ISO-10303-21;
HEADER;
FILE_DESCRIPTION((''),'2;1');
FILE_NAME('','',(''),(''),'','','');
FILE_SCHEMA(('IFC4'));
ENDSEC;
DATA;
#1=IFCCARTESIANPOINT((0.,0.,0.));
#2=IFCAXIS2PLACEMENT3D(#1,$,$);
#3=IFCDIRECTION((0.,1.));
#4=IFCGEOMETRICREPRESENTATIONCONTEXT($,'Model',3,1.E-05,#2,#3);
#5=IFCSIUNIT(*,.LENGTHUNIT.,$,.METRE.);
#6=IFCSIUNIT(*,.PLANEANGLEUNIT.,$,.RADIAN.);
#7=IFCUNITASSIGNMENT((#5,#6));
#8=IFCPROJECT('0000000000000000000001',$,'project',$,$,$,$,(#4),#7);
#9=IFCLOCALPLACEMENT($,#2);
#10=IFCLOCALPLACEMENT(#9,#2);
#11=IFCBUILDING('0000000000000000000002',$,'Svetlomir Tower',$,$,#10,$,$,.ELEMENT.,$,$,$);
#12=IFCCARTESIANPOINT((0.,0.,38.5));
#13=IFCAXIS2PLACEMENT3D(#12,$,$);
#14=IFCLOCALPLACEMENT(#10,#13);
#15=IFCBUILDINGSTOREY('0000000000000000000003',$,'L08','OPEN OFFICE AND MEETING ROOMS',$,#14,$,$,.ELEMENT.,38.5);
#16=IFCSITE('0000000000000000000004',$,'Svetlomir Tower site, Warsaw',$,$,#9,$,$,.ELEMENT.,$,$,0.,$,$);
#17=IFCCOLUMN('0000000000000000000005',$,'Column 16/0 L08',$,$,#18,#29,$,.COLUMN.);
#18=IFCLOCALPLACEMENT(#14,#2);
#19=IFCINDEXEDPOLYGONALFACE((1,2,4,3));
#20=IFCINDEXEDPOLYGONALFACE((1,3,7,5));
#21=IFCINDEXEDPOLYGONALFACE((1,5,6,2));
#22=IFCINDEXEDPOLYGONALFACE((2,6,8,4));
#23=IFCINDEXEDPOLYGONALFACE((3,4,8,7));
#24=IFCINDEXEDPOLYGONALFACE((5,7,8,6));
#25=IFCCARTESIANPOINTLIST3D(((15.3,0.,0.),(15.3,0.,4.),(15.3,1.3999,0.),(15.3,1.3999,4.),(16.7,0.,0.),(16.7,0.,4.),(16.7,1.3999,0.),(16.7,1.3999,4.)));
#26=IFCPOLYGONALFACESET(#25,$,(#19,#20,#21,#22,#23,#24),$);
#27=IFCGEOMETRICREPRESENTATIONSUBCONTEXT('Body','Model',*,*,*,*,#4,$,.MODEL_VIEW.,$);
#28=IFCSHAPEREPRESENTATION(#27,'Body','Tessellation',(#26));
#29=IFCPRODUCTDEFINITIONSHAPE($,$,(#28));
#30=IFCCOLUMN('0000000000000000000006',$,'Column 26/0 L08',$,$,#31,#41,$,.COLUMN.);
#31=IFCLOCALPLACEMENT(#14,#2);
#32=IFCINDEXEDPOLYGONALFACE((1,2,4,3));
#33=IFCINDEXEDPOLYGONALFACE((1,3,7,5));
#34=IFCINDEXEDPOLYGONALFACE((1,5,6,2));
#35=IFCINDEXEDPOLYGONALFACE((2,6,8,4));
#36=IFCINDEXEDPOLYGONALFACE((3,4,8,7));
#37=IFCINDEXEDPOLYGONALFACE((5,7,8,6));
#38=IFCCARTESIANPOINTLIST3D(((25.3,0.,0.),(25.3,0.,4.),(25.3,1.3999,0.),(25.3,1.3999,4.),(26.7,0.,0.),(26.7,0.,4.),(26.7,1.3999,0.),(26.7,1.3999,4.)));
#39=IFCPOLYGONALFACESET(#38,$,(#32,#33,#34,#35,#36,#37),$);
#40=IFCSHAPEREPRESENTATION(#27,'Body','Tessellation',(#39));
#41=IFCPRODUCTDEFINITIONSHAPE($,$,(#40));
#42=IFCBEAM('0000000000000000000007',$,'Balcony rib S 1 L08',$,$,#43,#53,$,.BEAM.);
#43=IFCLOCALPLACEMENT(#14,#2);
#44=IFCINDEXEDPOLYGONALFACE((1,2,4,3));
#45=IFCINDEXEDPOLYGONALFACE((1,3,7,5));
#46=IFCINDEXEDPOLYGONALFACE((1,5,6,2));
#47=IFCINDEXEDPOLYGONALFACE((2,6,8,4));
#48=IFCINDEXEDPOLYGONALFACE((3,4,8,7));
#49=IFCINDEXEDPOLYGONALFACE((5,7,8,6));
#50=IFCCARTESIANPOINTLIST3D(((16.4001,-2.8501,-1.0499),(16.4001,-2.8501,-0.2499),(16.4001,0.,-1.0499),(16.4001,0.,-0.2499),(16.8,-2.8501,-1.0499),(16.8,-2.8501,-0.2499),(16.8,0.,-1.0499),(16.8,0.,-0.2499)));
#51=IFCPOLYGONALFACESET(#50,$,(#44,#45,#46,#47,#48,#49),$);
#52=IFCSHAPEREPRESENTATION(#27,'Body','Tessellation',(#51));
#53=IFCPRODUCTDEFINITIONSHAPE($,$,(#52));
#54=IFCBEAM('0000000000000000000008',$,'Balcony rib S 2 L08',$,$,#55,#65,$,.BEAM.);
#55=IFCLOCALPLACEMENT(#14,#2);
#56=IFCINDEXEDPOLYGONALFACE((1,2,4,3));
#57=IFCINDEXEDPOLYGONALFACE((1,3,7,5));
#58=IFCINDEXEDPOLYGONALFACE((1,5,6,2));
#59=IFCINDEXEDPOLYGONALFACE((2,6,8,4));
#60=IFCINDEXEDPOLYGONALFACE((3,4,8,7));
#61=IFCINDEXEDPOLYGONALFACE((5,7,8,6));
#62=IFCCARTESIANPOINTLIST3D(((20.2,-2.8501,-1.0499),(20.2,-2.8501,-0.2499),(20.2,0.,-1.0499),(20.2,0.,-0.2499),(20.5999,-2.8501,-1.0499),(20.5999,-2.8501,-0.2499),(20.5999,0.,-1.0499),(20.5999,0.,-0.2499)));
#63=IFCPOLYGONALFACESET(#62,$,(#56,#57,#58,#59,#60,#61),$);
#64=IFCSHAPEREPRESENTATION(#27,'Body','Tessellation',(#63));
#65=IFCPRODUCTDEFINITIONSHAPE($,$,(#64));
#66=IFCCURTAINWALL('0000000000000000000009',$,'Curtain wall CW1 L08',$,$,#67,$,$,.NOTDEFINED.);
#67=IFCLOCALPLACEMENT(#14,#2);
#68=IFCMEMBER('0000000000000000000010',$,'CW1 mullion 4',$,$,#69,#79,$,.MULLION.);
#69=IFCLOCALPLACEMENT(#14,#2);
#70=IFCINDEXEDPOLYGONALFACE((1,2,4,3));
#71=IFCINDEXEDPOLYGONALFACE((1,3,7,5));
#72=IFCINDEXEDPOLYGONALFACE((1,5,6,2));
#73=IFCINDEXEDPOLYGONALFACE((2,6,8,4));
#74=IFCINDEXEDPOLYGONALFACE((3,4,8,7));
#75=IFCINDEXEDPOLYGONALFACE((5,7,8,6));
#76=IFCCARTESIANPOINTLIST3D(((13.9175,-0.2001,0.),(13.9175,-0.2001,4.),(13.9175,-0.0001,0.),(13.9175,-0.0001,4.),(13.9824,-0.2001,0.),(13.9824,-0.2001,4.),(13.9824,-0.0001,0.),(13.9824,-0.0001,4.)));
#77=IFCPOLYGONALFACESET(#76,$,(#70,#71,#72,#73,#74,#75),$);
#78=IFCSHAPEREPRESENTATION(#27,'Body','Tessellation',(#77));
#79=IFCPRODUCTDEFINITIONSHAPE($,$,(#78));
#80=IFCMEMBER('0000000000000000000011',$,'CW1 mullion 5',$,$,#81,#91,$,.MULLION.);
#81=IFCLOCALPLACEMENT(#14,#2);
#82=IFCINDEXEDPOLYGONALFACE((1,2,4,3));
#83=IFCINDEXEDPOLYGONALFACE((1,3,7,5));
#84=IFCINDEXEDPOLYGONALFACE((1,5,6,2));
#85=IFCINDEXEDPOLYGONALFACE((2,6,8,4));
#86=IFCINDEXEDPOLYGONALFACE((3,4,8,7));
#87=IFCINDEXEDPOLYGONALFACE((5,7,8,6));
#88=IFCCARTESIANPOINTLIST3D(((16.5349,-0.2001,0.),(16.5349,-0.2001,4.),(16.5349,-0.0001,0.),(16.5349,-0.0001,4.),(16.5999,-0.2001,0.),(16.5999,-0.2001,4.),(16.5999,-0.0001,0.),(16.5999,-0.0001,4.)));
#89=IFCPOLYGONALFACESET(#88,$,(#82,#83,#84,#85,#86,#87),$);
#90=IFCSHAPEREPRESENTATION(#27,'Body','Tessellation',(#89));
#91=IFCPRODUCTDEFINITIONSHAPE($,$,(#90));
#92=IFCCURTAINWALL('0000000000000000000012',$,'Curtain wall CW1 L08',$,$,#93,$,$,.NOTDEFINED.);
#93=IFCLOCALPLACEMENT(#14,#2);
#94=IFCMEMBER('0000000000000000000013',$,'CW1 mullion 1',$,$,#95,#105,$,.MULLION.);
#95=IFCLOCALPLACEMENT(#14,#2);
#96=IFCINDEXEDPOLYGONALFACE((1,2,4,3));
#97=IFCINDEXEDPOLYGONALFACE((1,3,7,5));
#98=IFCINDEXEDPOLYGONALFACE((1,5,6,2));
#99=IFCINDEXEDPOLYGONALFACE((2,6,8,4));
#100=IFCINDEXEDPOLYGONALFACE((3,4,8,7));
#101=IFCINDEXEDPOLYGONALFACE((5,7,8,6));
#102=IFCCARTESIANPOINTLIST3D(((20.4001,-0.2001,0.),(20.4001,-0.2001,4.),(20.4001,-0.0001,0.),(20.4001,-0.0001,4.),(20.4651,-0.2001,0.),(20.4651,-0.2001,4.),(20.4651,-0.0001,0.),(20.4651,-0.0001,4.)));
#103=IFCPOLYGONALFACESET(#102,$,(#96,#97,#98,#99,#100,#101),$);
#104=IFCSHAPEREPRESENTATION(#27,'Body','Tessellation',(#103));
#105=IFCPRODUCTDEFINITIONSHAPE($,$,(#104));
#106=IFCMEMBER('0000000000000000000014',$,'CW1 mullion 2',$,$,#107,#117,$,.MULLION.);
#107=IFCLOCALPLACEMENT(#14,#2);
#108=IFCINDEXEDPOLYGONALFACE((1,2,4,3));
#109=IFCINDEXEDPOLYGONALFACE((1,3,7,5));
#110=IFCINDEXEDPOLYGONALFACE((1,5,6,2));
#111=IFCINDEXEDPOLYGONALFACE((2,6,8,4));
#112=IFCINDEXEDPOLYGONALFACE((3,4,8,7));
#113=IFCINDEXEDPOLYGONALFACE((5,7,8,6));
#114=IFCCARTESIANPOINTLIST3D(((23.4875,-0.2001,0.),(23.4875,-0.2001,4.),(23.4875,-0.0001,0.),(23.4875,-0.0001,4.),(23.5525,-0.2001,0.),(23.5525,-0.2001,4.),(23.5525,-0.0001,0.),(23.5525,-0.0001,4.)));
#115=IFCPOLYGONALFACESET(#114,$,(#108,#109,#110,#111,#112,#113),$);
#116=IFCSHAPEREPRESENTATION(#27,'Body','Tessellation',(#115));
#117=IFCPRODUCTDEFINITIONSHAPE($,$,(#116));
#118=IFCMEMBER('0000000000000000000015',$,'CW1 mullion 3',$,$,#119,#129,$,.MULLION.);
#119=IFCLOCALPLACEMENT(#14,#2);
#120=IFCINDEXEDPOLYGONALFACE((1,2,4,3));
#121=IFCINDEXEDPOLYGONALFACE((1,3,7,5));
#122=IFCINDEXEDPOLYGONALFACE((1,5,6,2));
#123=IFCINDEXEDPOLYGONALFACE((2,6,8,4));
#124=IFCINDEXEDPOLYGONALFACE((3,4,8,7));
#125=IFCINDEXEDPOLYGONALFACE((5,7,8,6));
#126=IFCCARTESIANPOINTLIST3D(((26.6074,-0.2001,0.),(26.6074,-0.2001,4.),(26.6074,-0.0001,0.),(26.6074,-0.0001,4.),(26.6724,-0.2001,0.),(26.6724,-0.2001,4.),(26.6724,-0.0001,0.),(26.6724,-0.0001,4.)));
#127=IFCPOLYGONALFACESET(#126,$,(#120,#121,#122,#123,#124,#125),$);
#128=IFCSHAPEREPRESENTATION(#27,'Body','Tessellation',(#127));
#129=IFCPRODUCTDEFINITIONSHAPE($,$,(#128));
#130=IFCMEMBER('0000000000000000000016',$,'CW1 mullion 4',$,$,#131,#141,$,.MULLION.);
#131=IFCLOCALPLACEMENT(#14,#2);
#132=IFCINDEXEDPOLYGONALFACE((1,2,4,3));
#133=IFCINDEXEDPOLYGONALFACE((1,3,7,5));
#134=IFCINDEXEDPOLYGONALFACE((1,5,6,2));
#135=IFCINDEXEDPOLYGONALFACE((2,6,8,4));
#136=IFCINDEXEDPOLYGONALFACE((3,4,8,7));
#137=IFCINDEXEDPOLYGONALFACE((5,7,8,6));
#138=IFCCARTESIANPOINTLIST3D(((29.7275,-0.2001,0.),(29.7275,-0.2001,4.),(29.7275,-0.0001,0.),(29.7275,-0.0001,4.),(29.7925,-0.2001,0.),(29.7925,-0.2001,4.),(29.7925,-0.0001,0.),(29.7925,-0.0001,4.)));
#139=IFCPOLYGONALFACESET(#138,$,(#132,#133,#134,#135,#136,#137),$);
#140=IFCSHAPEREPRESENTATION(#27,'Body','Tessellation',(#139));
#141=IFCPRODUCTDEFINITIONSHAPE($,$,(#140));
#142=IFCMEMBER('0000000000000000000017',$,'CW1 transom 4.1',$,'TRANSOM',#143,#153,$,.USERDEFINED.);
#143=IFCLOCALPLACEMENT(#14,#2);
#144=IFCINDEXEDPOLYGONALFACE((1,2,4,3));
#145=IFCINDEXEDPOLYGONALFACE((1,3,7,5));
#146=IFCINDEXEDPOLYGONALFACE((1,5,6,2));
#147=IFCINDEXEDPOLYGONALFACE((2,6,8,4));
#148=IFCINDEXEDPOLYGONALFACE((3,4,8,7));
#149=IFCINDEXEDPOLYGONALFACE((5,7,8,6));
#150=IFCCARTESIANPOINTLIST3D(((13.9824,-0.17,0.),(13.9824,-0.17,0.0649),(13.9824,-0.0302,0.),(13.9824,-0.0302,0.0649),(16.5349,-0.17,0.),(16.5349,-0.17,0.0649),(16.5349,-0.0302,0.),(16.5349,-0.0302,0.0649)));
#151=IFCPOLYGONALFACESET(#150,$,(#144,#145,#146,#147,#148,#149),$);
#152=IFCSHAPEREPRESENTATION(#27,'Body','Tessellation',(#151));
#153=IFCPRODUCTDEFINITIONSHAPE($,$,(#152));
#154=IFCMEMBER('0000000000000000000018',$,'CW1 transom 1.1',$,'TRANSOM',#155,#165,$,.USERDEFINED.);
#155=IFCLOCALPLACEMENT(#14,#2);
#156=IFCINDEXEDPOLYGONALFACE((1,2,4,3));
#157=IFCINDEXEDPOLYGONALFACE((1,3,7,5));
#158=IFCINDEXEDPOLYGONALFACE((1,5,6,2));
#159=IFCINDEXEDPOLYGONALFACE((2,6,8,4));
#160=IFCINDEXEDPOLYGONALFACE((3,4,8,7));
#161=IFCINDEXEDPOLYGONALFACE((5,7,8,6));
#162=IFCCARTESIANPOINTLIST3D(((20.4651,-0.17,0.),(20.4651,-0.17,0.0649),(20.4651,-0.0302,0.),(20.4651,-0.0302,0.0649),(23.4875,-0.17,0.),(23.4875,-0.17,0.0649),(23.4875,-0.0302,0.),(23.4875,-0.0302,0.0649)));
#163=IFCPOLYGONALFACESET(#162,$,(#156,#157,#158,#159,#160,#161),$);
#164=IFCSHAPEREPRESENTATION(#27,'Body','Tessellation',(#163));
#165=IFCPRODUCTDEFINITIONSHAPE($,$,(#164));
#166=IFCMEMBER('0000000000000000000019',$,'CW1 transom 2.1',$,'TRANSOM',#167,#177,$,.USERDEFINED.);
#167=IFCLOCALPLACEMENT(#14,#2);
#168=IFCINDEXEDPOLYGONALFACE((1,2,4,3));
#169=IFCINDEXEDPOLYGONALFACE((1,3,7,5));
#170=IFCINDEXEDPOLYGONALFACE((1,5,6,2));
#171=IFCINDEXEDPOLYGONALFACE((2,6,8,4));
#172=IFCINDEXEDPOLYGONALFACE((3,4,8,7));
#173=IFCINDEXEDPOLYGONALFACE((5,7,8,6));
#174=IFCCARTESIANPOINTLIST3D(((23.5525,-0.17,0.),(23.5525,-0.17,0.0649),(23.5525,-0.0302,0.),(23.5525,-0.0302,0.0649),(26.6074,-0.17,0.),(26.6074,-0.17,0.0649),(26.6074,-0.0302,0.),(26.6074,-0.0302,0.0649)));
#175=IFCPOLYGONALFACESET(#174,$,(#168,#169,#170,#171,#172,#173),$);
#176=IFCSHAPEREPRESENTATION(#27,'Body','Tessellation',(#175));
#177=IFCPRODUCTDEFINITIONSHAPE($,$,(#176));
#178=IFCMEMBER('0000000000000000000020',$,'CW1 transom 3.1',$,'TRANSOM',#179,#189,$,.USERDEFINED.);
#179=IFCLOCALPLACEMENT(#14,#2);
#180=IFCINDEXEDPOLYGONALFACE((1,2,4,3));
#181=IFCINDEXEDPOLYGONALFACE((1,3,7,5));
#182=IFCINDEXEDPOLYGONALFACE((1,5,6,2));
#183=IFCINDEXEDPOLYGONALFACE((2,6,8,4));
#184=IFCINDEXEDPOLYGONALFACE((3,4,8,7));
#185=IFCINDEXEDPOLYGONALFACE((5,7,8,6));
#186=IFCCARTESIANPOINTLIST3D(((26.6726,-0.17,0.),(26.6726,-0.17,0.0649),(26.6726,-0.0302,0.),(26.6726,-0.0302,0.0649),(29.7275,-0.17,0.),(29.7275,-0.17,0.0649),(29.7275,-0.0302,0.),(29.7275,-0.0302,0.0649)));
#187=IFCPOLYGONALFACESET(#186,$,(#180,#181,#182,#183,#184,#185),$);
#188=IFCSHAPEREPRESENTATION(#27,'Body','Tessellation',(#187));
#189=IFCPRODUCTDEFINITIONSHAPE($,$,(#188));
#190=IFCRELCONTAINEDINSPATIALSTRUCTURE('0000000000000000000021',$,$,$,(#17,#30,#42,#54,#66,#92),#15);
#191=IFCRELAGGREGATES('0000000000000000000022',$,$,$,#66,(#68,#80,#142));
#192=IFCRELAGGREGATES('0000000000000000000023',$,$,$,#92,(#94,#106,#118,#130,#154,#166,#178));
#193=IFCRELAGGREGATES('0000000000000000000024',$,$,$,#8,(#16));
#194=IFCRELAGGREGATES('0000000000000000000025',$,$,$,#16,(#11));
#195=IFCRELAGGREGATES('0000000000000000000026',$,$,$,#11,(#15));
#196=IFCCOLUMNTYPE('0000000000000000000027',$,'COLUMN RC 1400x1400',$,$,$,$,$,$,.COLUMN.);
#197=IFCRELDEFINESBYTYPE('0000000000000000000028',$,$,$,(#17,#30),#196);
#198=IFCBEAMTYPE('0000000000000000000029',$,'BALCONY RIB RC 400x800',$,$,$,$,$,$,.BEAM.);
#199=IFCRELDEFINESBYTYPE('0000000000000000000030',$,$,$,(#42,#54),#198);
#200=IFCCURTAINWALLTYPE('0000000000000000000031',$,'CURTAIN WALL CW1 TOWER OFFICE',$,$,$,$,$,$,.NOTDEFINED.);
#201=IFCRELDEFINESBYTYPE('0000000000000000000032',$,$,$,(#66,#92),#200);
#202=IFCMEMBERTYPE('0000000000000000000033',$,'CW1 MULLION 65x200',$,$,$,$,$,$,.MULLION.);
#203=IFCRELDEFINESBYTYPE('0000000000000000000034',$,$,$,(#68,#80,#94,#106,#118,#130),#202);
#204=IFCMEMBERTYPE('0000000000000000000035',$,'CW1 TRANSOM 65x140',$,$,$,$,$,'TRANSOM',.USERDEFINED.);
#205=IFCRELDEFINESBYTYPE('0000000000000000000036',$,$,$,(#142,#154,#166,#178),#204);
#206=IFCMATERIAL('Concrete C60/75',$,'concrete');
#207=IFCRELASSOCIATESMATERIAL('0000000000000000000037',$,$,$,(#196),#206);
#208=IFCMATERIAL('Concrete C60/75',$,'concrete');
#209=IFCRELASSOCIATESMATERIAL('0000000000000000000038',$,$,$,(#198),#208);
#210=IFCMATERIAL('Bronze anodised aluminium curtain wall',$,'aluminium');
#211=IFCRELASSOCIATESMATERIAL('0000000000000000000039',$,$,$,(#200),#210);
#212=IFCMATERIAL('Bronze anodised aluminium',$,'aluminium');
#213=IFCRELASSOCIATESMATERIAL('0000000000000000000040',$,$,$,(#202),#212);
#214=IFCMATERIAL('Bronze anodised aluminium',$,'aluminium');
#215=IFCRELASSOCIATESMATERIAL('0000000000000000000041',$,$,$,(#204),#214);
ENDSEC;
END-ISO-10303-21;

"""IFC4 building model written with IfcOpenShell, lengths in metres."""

from ifc_helpers import new_model, si_unit, direction, frame, origin, origin_2d, place, context, subcontext, project, spatial, rectangle, extrude, material, material_profile, profile_set, type_object, element, aggregate, save


model = new_model("IFC4")

# Units and contexts
model_context = context("Model", 3, precision=1e-05, world=origin(), true_north=direction((0.0, 1.0)))
body_context = subcontext(model_context, "Body", "Model", "MODEL_VIEW")
ifc_project = project(units=[si_unit("LENGTHUNIT", "METRE"), si_unit("PLANEANGLEUNIT", "RADIAN")], contexts=[model_context])

# Site, building, storey
site_placement = place(None, origin())
site = spatial("IfcSite", under=ifc_project, at=site_placement, Name="Svetlomir Tower site, Warsaw", CompositionType="ELEMENT", RefElevation=0.0)
building_placement = place(site_placement, origin())
building = spatial("IfcBuilding", under=site, at=building_placement, Name="Svetlomir Tower", CompositionType="ELEMENT")
storey_placement = place(building_placement, frame((0.0, 0.0, 38.5)))
storey = spatial("IfcBuildingStorey", under=building, at=storey_placement, Name="L08", Description="OPEN OFFICE AND MEETING ROOMS", CompositionType="ELEMENT", Elevation=38.5)

# Columns
ifc_material_1 = material(Name="Concrete C60/75", Category="concrete")
ifc_material_profile_1 = material_profile(ifc_material_1, rectangle(XDim=1.3999, YDim=1.3999, at=origin_2d()), Name="RC 1400x1400")
ifc_profile_set_1 = profile_set([ifc_material_profile_1], Name="Concrete C60/75")
column_type = type_object("IfcColumnType", Name="COLUMN RC 1400x1400", PredefinedType="COLUMN", material=ifc_profile_set_1)
for number, where, z_axis, x_axis, name in (
    (1, (16.0, 0.7, 0.0), (0.0, 0.0, 1.0), (1.0, 0.0, 0.0), "Column 16/0 L08"),
    (2, (26.0, 0.7, 0.0), (0.0, 0.0, 1.0), (1.0, 0.0, 0.0), "Column 26/0 L08"),
):
    element("IfcColumn", number, at=place(storey_placement, frame(where, z_axis=z_axis, x_axis=x_axis)), inside=storey, type_object=column_type, Name=name, PredefinedType="COLUMN", context=body_context, shape_type="SweptSolid", body=[
        extrude(rectangle(XDim=1.3999, YDim=1.3999, at=origin_2d()), origin(), (0.0, 0.0, 1.0), 4.0),
    ])

# Beams
ifc_material_2 = material(Name="Concrete C60/75", Category="concrete")
ifc_material_profile_2 = material_profile(ifc_material_2, rectangle(XDim=0.3999, YDim=0.8, at=origin_2d()), Name="RC 400x800")
ifc_profile_set_2 = profile_set([ifc_material_profile_2], Name="Concrete C60/75")
beam_type_1 = type_object("IfcBeamType", Name="BALCONY RIB RC 400x800", PredefinedType="BEAM", material=ifc_profile_set_2)
for number, where, z_axis, x_axis, name in (
    (3, (16.6001, 0.0, -0.6499), (0.0, -1.0, 0.0), (1.0, 0.0, 0.0), "Balcony rib S 1 L08"),
    (4, (20.3999, 0.0, -0.6499), (0.0, -1.0, 0.0), (1.0, 0.0, 0.0), "Balcony rib S 2 L08"),
):
    element("IfcBeam", number, at=place(storey_placement, frame(where, z_axis=z_axis, x_axis=x_axis)), inside=storey, type_object=beam_type_1, Name=name, PredefinedType="BEAM", context=body_context, shape_type="SweptSolid", body=[
        extrude(rectangle(XDim=0.3999, YDim=0.8, at=origin_2d()), origin(), (0.0, 0.0, 1.0), 2.8501),
    ])

# Curtain walls, members
ifc_material_3 = material(Name="Bronze anodised aluminium curtain wall", Category="aluminium")
curtain_wall_type = type_object("IfcCurtainWallType", Name="CURTAIN WALL CW1 TOWER OFFICE", PredefinedType="NOTDEFINED", material=ifc_material_3)
curtain_wall_1_placement = place(storey_placement, origin())
curtain_wall_1 = element("IfcCurtainWall", 5, at=curtain_wall_1_placement, inside=storey, type_object=curtain_wall_type, Name="Curtain wall CW1 L08", PredefinedType="NOTDEFINED")
ifc_material_4 = material(Name="Bronze anodised aluminium", Category="aluminium")
ifc_material_profile_3 = material_profile(ifc_material_4, rectangle(XDim=0.0649, YDim=0.2, at=origin_2d()), Name="AL 65x200")
ifc_profile_set_3 = profile_set([ifc_material_profile_3], Name="Bronze anodised aluminium 6063-T6")
member_type_1 = type_object("IfcMemberType", Name="CW1 MULLION 65x200", PredefinedType="MULLION", material=ifc_profile_set_3)
member_1_placement = place(storey_placement, frame((13.95, -0.1001, 0.0), z_axis=(0.0, 0.0, 1.0), x_axis=(1.0, 0.0, 0.0)))
member_1 = element("IfcMember", 6, at=member_1_placement, type_object=member_type_1, Name="CW1 mullion 4", PredefinedType="MULLION", context=body_context, shape_type="SweptSolid", body=[
    extrude(rectangle(XDim=0.0649, YDim=0.2, at=origin_2d()), origin(), (0.0, 0.0, 1.0), 4.0),
])
member_2_placement = place(storey_placement, frame((16.5674, -0.1001, 0.0), z_axis=(0.0, 0.0, 1.0), x_axis=(1.0, 0.0, 0.0)))
member_2 = element("IfcMember", 7, at=member_2_placement, type_object=member_type_1, Name="CW1 mullion 5", PredefinedType="MULLION", context=body_context, shape_type="SweptSolid", body=[
    extrude(rectangle(XDim=0.0649, YDim=0.2, at=origin_2d()), origin(), (0.0, 0.0, 1.0), 4.0),
])
curtain_wall_2_placement = place(storey_placement, origin())
curtain_wall_2 = element("IfcCurtainWall", 8, at=curtain_wall_2_placement, inside=storey, type_object=curtain_wall_type, Name="Curtain wall CW1 L08", PredefinedType="NOTDEFINED")
member_3_placement = place(storey_placement, frame((20.4326, -0.1001, 0.0), z_axis=(0.0, 0.0, 1.0), x_axis=(1.0, 0.0, 0.0)))
member_3 = element("IfcMember", 9, at=member_3_placement, type_object=member_type_1, Name="CW1 mullion 1", PredefinedType="MULLION", context=body_context, shape_type="SweptSolid", body=[
    extrude(rectangle(XDim=0.0649, YDim=0.2, at=origin_2d()), origin(), (0.0, 0.0, 1.0), 4.0),
])
member_4_placement = place(storey_placement, frame((23.52, -0.1001, 0.0), z_axis=(0.0, 0.0, 1.0), x_axis=(1.0, 0.0, 0.0)))
member_4 = element("IfcMember", 10, at=member_4_placement, type_object=member_type_1, Name="CW1 mullion 2", PredefinedType="MULLION", context=body_context, shape_type="SweptSolid", body=[
    extrude(rectangle(XDim=0.0649, YDim=0.2, at=origin_2d()), origin(), (0.0, 0.0, 1.0), 4.0),
])
member_5_placement = place(storey_placement, frame((26.6399, -0.1001, 0.0), z_axis=(0.0, 0.0, 1.0), x_axis=(1.0, 0.0, 0.0)))
member_5 = element("IfcMember", 11, at=member_5_placement, type_object=member_type_1, Name="CW1 mullion 3", PredefinedType="MULLION", context=body_context, shape_type="SweptSolid", body=[
    extrude(rectangle(XDim=0.0649, YDim=0.2, at=origin_2d()), origin(), (0.0, 0.0, 1.0), 4.0),
])
member_6_placement = place(storey_placement, frame((29.76, -0.1001, 0.0), z_axis=(0.0, 0.0, 1.0), x_axis=(1.0, 0.0, 0.0)))
member_6 = element("IfcMember", 12, at=member_6_placement, type_object=member_type_1, Name="CW1 mullion 4", PredefinedType="MULLION", context=body_context, shape_type="SweptSolid", body=[
    extrude(rectangle(XDim=0.0649, YDim=0.2, at=origin_2d()), origin(), (0.0, 0.0, 1.0), 4.0),
])

# Members
ifc_material_5 = material(Name="Bronze anodised aluminium", Category="aluminium")
ifc_material_profile_4 = material_profile(ifc_material_5, rectangle(XDim=0.1399, YDim=0.0649, at=origin_2d()), Name="AL 140x65")
ifc_profile_set_4 = profile_set([ifc_material_profile_4], Name="Bronze anodised aluminium 6063-T6")
member_type_2 = type_object("IfcMemberType", Name="CW1 TRANSOM 65x140", ElementType="TRANSOM", PredefinedType="USERDEFINED", material=ifc_profile_set_4)
member_7_placement = place(storey_placement, frame((13.9824, -0.1001, 0.0325), z_axis=(1.0, 0.0, 0.0), x_axis=(0.0, 1.0, 0.0)))
member_7 = element("IfcMember", 13, at=member_7_placement, type_object=member_type_2, Name="CW1 transom 4.1", ObjectType="TRANSOM", PredefinedType="USERDEFINED", context=body_context, shape_type="SweptSolid", body=[
    extrude(rectangle(XDim=0.1399, YDim=0.0649, at=origin_2d()), origin(), (0.0, 0.0, 1.0), 2.5525),
])
member_8_placement = place(storey_placement, frame((20.4651, -0.1001, 0.0325), z_axis=(1.0, 0.0, 0.0), x_axis=(0.0, 1.0, 0.0)))
member_8 = element("IfcMember", 14, at=member_8_placement, type_object=member_type_2, Name="CW1 transom 1.1", ObjectType="TRANSOM", PredefinedType="USERDEFINED", context=body_context, shape_type="SweptSolid", body=[
    extrude(rectangle(XDim=0.1399, YDim=0.0649, at=origin_2d()), origin(), (0.0, 0.0, 1.0), 3.0225),
])
member_9_placement = place(storey_placement, frame((23.5525, -0.1001, 0.0325), z_axis=(1.0, 0.0, 0.0), x_axis=(0.0, 1.0, 0.0)))
member_9 = element("IfcMember", 15, at=member_9_placement, type_object=member_type_2, Name="CW1 transom 2.1", ObjectType="TRANSOM", PredefinedType="USERDEFINED", context=body_context, shape_type="SweptSolid", body=[
    extrude(rectangle(XDim=0.1399, YDim=0.0649, at=origin_2d()), origin(), (0.0, 0.0, 1.0), 3.0549),
])
member_10_placement = place(storey_placement, frame((26.6726, -0.1001, 0.0325), z_axis=(1.0, 0.0, 0.0), x_axis=(0.0, 1.0, 0.0)))
member_10 = element("IfcMember", 16, at=member_10_placement, type_object=member_type_2, Name="CW1 transom 3.1", ObjectType="TRANSOM", PredefinedType="USERDEFINED", context=body_context, shape_type="SweptSolid", body=[
    extrude(rectangle(XDim=0.1399, YDim=0.0649, at=origin_2d()), origin(), (0.0, 0.0, 1.0), 3.0549),
])

aggregate(curtain_wall_1, [member_1, member_2, member_7])
aggregate(curtain_wall_2, [member_3, member_4, member_5, member_6, member_8, member_9, member_10])

save(model, "model.ifc")
